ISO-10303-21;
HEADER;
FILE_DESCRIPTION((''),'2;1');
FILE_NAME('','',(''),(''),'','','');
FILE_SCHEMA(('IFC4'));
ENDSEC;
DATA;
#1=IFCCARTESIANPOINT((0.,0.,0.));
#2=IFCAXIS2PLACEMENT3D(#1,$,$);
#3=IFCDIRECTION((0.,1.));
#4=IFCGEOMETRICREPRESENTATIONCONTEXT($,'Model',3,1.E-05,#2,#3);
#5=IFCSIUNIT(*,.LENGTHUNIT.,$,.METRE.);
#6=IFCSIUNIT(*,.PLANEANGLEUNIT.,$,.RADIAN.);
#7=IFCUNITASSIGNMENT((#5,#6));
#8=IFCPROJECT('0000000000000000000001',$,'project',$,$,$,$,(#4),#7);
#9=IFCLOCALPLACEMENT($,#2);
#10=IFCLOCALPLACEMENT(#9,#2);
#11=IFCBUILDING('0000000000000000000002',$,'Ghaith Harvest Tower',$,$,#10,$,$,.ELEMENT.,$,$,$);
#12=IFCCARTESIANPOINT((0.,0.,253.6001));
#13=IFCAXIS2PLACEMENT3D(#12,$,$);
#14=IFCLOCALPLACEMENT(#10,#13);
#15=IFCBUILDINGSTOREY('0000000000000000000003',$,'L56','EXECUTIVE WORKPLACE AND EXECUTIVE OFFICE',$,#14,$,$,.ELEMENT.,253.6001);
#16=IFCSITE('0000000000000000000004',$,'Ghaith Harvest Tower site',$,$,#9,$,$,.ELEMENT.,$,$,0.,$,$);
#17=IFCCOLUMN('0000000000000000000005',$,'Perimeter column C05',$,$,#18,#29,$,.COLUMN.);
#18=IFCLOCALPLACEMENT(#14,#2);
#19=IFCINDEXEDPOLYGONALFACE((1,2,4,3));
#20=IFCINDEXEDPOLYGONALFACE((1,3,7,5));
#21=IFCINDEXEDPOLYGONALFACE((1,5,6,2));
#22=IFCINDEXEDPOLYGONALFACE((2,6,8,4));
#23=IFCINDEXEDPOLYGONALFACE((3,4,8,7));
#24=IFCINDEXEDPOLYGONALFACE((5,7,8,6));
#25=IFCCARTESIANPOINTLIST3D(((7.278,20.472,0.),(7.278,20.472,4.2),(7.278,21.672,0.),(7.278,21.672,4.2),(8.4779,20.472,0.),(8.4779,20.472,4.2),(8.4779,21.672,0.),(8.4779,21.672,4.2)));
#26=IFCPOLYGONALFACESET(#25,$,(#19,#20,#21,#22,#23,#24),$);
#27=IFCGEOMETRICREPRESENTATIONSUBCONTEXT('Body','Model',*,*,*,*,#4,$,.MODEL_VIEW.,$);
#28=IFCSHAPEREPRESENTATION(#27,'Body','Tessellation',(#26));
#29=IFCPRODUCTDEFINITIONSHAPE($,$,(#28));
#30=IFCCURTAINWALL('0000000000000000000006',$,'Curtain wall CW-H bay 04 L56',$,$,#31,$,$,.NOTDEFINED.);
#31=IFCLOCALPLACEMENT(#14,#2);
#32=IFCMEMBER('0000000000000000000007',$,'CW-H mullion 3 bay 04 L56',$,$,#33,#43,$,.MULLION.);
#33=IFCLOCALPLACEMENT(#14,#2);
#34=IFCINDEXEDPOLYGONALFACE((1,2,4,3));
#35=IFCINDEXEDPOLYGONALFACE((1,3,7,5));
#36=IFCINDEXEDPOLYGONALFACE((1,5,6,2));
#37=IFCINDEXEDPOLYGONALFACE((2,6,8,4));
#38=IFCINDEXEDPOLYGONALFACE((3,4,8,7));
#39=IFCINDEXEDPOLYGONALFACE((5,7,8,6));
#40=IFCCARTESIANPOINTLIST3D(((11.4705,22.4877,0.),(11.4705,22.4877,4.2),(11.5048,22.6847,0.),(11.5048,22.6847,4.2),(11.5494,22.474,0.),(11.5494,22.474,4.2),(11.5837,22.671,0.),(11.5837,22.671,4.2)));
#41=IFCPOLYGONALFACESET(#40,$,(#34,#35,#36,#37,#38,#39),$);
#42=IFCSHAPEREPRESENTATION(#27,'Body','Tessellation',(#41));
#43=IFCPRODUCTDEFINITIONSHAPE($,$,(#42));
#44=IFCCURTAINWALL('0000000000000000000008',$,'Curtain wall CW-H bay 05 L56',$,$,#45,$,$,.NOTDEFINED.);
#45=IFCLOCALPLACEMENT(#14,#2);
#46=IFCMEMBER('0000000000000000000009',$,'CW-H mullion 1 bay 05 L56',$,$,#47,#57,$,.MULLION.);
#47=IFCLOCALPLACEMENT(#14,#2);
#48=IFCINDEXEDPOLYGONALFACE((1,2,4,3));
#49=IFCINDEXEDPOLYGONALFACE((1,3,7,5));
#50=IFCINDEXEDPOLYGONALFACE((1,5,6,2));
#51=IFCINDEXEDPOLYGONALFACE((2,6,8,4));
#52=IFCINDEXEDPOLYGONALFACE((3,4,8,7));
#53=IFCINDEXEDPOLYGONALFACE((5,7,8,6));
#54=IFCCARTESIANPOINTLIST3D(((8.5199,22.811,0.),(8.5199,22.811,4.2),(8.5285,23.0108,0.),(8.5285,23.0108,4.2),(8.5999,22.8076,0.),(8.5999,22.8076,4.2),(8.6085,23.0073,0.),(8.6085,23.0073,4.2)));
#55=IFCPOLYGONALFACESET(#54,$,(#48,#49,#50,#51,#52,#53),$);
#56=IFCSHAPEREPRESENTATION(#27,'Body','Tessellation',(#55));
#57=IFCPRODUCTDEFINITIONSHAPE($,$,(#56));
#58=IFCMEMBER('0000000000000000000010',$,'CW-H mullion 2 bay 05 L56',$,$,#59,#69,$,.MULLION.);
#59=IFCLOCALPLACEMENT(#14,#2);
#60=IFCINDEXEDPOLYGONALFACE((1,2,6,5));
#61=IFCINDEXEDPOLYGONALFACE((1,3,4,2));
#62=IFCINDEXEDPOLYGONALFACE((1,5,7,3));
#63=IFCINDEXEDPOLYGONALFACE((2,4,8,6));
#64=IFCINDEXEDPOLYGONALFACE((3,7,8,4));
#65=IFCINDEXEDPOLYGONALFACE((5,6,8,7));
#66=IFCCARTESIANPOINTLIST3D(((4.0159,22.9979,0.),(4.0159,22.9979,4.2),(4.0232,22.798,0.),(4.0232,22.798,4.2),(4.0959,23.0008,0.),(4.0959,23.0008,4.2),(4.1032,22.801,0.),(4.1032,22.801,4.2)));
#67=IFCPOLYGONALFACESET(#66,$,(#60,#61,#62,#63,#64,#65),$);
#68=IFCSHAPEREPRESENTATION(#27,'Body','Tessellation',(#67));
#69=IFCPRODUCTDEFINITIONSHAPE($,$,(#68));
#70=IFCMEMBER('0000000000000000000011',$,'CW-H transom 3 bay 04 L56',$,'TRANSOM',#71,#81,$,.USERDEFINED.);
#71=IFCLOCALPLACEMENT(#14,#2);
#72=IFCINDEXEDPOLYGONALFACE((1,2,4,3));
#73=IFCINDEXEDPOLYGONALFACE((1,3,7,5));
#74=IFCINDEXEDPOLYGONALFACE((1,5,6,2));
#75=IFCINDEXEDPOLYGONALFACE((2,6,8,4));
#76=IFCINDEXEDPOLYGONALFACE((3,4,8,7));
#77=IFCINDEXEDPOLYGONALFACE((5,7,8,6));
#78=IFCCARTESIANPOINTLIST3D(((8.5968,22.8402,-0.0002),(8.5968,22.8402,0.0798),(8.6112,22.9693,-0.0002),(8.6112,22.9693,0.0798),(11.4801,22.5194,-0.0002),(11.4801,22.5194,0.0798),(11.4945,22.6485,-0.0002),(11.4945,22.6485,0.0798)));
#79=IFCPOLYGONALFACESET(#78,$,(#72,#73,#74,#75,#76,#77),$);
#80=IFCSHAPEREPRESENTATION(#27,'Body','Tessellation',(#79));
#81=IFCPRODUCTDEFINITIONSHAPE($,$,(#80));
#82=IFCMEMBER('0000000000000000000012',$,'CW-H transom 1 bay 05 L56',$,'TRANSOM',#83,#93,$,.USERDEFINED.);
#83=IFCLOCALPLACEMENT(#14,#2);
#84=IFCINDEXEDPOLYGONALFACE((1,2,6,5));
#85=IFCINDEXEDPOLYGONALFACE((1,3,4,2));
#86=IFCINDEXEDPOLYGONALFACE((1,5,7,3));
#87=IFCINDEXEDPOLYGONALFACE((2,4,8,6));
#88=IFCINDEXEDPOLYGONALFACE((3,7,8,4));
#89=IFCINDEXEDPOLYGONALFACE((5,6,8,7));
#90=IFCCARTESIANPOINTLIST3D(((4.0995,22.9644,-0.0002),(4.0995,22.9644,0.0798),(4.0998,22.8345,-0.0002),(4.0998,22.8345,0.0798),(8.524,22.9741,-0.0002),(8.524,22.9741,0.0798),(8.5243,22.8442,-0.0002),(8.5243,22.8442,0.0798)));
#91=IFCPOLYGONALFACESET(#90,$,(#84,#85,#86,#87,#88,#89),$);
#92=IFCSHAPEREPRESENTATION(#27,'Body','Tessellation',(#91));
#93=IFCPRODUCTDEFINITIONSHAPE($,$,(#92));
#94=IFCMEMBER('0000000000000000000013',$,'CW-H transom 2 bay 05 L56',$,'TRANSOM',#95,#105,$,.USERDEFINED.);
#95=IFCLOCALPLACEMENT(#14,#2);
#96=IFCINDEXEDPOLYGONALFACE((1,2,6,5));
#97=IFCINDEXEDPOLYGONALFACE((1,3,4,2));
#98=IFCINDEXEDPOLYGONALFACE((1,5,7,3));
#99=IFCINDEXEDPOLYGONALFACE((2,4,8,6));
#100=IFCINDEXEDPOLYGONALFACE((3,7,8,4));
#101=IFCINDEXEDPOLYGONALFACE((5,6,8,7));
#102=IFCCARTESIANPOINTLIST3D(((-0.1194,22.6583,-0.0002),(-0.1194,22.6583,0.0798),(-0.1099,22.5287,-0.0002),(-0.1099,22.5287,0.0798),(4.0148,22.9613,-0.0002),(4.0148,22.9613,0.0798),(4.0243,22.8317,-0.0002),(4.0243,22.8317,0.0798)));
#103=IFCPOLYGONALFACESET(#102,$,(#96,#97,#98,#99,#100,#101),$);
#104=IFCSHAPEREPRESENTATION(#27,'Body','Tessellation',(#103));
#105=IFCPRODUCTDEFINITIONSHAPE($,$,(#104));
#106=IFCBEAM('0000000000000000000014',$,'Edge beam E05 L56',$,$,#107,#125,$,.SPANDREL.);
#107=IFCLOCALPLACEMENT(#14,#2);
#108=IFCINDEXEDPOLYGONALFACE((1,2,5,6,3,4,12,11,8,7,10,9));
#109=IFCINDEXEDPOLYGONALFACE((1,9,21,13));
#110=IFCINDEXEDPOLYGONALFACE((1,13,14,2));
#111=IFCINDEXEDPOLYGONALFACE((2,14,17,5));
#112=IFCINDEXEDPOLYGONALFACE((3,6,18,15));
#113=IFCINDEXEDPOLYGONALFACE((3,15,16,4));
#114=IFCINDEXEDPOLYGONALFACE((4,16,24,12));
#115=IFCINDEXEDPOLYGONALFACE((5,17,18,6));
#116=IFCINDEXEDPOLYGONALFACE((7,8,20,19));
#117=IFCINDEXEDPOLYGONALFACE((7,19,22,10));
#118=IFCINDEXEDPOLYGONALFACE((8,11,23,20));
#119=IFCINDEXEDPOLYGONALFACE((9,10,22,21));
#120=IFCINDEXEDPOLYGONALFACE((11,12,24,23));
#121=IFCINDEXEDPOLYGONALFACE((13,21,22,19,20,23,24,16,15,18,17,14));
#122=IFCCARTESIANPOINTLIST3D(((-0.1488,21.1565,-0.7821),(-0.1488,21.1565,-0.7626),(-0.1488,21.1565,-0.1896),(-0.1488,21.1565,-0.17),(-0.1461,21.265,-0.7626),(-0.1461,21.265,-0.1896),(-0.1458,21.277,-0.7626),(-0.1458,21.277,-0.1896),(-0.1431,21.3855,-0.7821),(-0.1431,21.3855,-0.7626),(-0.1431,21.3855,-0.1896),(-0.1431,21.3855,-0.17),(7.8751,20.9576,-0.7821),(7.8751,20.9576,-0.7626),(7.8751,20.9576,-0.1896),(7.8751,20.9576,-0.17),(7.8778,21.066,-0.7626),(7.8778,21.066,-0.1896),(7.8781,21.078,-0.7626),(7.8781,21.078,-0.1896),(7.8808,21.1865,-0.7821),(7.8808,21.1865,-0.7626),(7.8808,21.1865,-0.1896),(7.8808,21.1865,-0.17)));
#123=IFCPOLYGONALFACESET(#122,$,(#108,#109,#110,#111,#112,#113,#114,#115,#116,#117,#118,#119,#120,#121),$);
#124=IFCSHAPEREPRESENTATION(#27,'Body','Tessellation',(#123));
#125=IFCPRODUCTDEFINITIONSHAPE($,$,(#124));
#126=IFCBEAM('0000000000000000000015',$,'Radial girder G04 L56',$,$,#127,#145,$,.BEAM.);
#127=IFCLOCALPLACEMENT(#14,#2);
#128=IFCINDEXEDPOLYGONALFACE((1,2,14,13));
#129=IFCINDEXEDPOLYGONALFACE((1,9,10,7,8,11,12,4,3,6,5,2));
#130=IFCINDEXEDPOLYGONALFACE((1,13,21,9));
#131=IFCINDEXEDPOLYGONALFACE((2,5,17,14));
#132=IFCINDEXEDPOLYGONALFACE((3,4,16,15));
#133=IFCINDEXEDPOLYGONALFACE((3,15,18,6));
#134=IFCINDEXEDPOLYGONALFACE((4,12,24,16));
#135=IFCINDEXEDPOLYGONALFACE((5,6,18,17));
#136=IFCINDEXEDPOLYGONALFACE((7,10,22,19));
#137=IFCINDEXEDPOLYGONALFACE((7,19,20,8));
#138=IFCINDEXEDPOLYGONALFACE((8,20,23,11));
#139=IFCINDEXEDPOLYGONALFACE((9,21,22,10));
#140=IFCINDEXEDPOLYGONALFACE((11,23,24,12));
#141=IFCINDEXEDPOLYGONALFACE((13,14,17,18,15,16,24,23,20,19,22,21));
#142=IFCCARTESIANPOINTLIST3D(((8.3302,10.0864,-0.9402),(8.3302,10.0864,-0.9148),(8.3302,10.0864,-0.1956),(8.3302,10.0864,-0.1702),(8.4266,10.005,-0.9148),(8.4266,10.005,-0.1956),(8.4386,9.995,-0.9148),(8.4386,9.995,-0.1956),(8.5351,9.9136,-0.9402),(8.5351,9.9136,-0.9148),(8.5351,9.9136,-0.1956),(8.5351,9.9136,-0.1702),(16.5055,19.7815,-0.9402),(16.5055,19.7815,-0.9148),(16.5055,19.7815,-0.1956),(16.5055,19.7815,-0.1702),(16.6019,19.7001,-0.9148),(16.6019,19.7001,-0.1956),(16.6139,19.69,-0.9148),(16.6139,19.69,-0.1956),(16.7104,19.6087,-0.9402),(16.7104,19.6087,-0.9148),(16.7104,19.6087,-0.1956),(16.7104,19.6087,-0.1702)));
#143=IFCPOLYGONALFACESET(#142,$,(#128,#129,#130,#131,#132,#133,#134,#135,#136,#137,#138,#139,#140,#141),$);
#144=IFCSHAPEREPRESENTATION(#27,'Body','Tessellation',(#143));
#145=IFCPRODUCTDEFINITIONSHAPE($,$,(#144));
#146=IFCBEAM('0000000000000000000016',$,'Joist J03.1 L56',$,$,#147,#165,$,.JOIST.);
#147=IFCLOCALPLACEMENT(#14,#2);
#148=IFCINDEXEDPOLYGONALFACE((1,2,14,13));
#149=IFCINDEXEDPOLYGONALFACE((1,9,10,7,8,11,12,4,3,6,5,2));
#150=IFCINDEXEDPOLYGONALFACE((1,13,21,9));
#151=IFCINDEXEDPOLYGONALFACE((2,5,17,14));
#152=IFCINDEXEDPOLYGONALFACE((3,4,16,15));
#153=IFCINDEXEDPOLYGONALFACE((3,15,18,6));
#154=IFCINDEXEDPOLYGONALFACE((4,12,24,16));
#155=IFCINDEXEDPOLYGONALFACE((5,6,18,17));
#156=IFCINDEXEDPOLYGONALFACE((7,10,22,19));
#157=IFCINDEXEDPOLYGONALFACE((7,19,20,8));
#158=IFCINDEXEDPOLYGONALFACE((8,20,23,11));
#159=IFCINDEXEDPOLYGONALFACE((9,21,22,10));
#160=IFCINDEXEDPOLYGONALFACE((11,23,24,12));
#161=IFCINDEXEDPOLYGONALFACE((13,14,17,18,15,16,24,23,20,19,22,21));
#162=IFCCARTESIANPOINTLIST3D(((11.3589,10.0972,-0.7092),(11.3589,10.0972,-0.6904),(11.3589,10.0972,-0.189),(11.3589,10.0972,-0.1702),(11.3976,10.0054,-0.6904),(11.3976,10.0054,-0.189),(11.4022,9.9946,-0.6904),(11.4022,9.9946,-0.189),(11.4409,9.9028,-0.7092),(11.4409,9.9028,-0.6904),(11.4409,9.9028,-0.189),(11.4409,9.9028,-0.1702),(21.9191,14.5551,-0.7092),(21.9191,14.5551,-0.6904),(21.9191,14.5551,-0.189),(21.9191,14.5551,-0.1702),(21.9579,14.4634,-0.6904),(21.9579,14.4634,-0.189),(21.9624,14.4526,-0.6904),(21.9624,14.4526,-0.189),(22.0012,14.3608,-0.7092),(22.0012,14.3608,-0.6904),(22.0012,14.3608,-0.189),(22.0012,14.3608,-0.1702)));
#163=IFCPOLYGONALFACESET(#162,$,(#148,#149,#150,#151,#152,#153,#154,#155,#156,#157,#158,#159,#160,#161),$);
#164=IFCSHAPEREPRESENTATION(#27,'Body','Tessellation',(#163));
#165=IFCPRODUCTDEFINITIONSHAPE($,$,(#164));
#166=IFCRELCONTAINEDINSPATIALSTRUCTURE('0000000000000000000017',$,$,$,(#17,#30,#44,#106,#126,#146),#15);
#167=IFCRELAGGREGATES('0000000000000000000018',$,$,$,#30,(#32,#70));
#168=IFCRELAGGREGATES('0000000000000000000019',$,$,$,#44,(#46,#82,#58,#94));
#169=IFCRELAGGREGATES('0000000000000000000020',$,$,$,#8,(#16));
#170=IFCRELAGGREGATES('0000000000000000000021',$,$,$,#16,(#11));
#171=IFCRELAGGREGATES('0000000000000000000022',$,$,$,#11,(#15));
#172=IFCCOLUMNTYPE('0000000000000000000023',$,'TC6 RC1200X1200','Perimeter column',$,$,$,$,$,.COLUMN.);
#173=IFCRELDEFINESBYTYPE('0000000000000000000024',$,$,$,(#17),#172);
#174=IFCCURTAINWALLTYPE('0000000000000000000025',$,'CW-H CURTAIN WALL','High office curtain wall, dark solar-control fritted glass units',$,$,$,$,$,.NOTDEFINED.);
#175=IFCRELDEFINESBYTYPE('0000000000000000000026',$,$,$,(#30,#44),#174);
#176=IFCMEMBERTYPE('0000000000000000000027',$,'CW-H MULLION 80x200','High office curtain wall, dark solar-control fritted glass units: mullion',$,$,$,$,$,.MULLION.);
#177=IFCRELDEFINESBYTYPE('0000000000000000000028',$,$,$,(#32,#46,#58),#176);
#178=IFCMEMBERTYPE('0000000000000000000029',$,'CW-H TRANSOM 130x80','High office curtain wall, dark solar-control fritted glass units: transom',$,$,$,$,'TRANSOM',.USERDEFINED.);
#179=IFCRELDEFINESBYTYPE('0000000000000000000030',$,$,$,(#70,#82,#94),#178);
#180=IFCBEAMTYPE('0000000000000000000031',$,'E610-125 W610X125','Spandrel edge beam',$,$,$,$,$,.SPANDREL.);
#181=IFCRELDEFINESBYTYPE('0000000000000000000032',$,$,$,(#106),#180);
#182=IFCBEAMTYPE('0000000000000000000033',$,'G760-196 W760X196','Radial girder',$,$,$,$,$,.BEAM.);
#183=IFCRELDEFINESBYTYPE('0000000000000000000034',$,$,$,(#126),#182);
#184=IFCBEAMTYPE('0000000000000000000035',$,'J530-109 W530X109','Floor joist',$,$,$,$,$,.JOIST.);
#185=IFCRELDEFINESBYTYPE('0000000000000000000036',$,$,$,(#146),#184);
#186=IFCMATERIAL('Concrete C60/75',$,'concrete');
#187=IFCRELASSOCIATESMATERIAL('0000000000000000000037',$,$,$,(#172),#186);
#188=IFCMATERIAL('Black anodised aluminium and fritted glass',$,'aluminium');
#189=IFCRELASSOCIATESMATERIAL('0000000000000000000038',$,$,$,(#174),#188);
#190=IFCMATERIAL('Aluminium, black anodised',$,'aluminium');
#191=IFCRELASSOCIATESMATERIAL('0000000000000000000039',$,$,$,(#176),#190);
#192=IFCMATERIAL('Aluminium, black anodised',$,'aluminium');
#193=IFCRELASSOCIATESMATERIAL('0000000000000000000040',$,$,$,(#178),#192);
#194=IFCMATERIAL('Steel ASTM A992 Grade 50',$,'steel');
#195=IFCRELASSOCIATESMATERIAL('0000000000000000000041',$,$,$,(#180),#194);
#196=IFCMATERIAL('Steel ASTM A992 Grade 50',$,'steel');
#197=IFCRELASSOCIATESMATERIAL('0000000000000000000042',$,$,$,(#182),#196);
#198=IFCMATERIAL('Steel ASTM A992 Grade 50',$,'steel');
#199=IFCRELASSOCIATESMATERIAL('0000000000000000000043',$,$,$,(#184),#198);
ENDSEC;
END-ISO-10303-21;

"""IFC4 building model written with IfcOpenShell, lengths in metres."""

from ifc_helpers import new_model, si_unit, direction, frame, origin, origin_2d, place, context, subcontext, project, spatial, rectangle, i_section, extrude, material, material_profile, profile_set, type_object, element, aggregate, save


model = new_model("IFC4")

# Units and contexts
model_context = context("Model", 3, precision=1e-05, world=origin(), true_north=direction((0.0, 1.0)))
body_context = subcontext(model_context, "Body", "Model", "MODEL_VIEW")
ifc_project = project(units=[si_unit("LENGTHUNIT", "METRE"), si_unit("PLANEANGLEUNIT", "RADIAN")], contexts=[model_context])

# Site, building, storey
site_placement = place(None, origin())
site = spatial("IfcSite", under=ifc_project, at=site_placement, Name="Ghaith Harvest Tower site", CompositionType="ELEMENT", RefElevation=0.0)
building_placement = place(site_placement, origin())
building = spatial("IfcBuilding", under=site, at=building_placement, Name="Ghaith Harvest Tower", CompositionType="ELEMENT")
storey_placement = place(building_placement, frame((0.0, 0.0, 253.6001)))
storey = spatial("IfcBuildingStorey", under=building, at=storey_placement, Name="L56", Description="EXECUTIVE WORKPLACE AND EXECUTIVE OFFICE", CompositionType="ELEMENT", Elevation=253.6001)

# Column
ifc_material_1 = material(Name="Concrete C60/75", Category="concrete")
ifc_material_profile_1 = material_profile(ifc_material_1, rectangle(XDim=1.2, YDim=1.2, at=origin_2d()), Name="RC1200X1200")
ifc_profile_set_1 = profile_set([ifc_material_profile_1], Name="Concrete C60/75")
column_type = type_object("IfcColumnType", Name="TC6 RC1200X1200", Description="Perimeter column", PredefinedType="COLUMN", material=ifc_profile_set_1)
column_placement = place(storey_placement, frame((7.8779, 21.072, 0.0), z_axis=(0.0, 0.0, 1.0), x_axis=(1.0, 0.0, 0.0)))
element("IfcColumn", 1, at=column_placement, inside=storey, type_object=column_type, Name="Perimeter column C05", PredefinedType="COLUMN", context=body_context, shape_type="SweptSolid", body=[
    extrude(rectangle(XDim=1.2, YDim=1.2, at=origin_2d()), origin(), (0.0, 0.0, 1.0), 4.2),
])

# Curtain wall, member
ifc_material_2 = material(Name="Black anodised aluminium and fritted glass", Category="aluminium")
curtain_wall_type = type_object("IfcCurtainWallType", Name="CW-H CURTAIN WALL", Description="High office curtain wall, dark solar-control fritted glass units", PredefinedType="NOTDEFINED", material=ifc_material_2)
curtain_wall_1_placement = place(storey_placement, origin())
curtain_wall_1 = element("IfcCurtainWall", 2, at=curtain_wall_1_placement, inside=storey, type_object=curtain_wall_type, Name="Curtain wall CW-H bay 04 L56", PredefinedType="NOTDEFINED")
ifc_material_3 = material(Name="Aluminium, black anodised", Category="aluminium")
ifc_material_profile_2 = material_profile(ifc_material_3, rectangle(XDim=0.0801, YDim=0.2, at=origin_2d()), Name="CW-H MULLION 80x200")
ifc_profile_set_2 = profile_set([ifc_material_profile_2], Name="Aluminium, black anodised")
member_type_1 = type_object("IfcMemberType", Name="CW-H MULLION 80x200", Description="High office curtain wall, dark solar-control fritted glass units: mullion", PredefinedType="MULLION", material=ifc_profile_set_2)
member_1_placement = place(storey_placement, frame((11.5271, 22.5793, 0.0), z_axis=(0.0, 0.0, 1.0), x_axis=(-0.985193, 0.171447, 0.0)))
member_1 = element("IfcMember", 3, at=member_1_placement, type_object=member_type_1, Name="CW-H mullion 3 bay 04 L56", PredefinedType="MULLION", context=body_context, shape_type="SweptSolid", body=[
    extrude(rectangle(XDim=0.0801, YDim=0.2, at=origin_2d()), origin(), (0.0, 0.0, 1.0), 4.2),
])

# Curtain wall, members
curtain_wall_2_placement = place(storey_placement, origin())
curtain_wall_2 = element("IfcCurtainWall", 4, at=curtain_wall_2_placement, inside=storey, type_object=curtain_wall_type, Name="Curtain wall CW-H bay 05 L56", PredefinedType="NOTDEFINED")
member_2_placement = place(storey_placement, frame((8.5642, 22.9092, 0.0), z_axis=(0.0, 0.0, 1.0), x_axis=(-0.999084, 0.042803, 0.0)))
member_2 = element("IfcMember", 5, at=member_2_placement, type_object=member_type_1, Name="CW-H mullion 1 bay 05 L56", PredefinedType="MULLION", context=body_context, shape_type="SweptSolid", body=[
    extrude(rectangle(XDim=0.0801, YDim=0.2, at=origin_2d()), origin(), (0.0, 0.0, 1.0), 4.2),
])
member_3_placement = place(storey_placement, frame((4.0596, 22.8994, 0.0), z_axis=(0.0, 0.0, 1.0), x_axis=(-0.999333, -0.036524, 0.0)))
member_3 = element("IfcMember", 6, at=member_3_placement, type_object=member_type_1, Name="CW-H mullion 2 bay 05 L56", PredefinedType="MULLION", context=body_context, shape_type="SweptSolid", body=[
    extrude(rectangle(XDim=0.0801, YDim=0.2, at=origin_2d()), origin(), (0.0, 0.0, 1.0), 4.2),
])

# Members
ifc_material_4 = material(Name="Aluminium, black anodised", Category="aluminium")
ifc_material_profile_3 = material_profile(ifc_material_4, rectangle(XDim=0.1299, YDim=0.0801, at=origin_2d()), Name="CW-H TRANSOM 130x80")
ifc_profile_set_3 = profile_set([ifc_material_profile_3], Name="Aluminium, black anodised")
member_type_2 = type_object("IfcMemberType", Name="CW-H TRANSOM 130x80", Description="High office curtain wall, dark solar-control fritted glass units: transom", ElementType="TRANSOM", PredefinedType="USERDEFINED", material=ifc_profile_set_3)
member_4_placement = place(storey_placement, frame((11.4873, 22.584, 0.0398), z_axis=(-0.993867, 0.110579, 0.0), x_axis=(-0.110579, -0.993867, 0.0)))
member_4 = element("IfcMember", 7, at=member_4_placement, type_object=member_type_2, Name="CW-H transom 3 bay 04 L56", ObjectType="TRANSOM", PredefinedType="USERDEFINED", context=body_context, shape_type="SweptSolid", body=[
    extrude(rectangle(XDim=0.1299, YDim=0.0801, at=origin_2d()), origin(), (0.0, 0.0, 1.0), 2.9011),
])
member_5_placement = place(storey_placement, frame((8.5242, 22.9092, 0.0398), z_axis=(-0.999998, -0.002207, 0.0), x_axis=(0.002207, -0.999998, 0.0)))
member_5 = element("IfcMember", 8, at=member_5_placement, type_object=member_type_2, Name="CW-H transom 1 bay 05 L56", ObjectType="TRANSOM", PredefinedType="USERDEFINED", context=body_context, shape_type="SweptSolid", body=[
    extrude(rectangle(XDim=0.1299, YDim=0.0801, at=origin_2d()), origin(), (0.0, 0.0, 1.0), 4.4246),
])
member_6_placement = place(storey_placement, frame((4.0195, 22.8965, 0.0398), z_axis=(-0.997325, -0.073089, 0.0), x_axis=(0.073089, -0.997325, 0.0)))
member_6 = element("IfcMember", 9, at=member_6_placement, type_object=member_type_2, Name="CW-H transom 2 bay 05 L56", ObjectType="TRANSOM", PredefinedType="USERDEFINED", context=body_context, shape_type="SweptSolid", body=[
    extrude(rectangle(XDim=0.1299, YDim=0.0801, at=origin_2d()), origin(), (0.0, 0.0, 1.0), 4.1453),
])

# Beams
ifc_material_5 = material(Name="Steel ASTM A992 Grade 50", Category="steel")
ifc_material_profile_4 = material_profile(ifc_material_5, i_section(OverallWidth=0.229, OverallDepth=0.6121, WebThickness=0.012, FlangeThickness=0.0195, at=origin_2d()), Name="W610X125")
ifc_profile_set_4 = profile_set([ifc_material_profile_4], Name="Steel ASTM A992 Grade 50")
beam_type_1 = type_object("IfcBeamType", Name="E610-125 W610X125", Description="Spandrel edge beam", PredefinedType="SPANDREL", material=ifc_profile_set_4)
beam_1_placement = place(storey_placement, frame((7.8779, 21.072, -0.4761), z_axis=(-0.999693, 0.02479, 0.0), x_axis=(-0.02479, -0.999693, 0.0)))
element("IfcBeam", 10, at=beam_1_placement, inside=storey, type_object=beam_type_1, Name="Edge beam E05 L56", PredefinedType="SPANDREL", context=body_context, shape_type="SweptSolid", body=[
    extrude(i_section(OverallWidth=0.229, OverallDepth=0.6121, WebThickness=0.012, FlangeThickness=0.0195, at=origin_2d()), origin(), (0.0, 0.0, 1.0), 8.0264),
])
ifc_material_6 = material(Name="Steel ASTM A992 Grade 50", Category="steel")
ifc_material_profile_5 = material_profile(ifc_material_6, i_section(OverallWidth=0.2681, OverallDepth=0.77, WebThickness=0.0156, FlangeThickness=0.0254, at=origin_2d()), Name="W760X196")
ifc_profile_set_5 = profile_set([ifc_material_profile_5], Name="Steel ASTM A992 Grade 50")
beam_type_2 = type_object("IfcBeamType", Name="G760-196 W760X196", Description="Radial girder", PredefinedType="BEAM", material=ifc_profile_set_5)
beam_2_placement = place(storey_placement, frame((8.4326, 10.0, -0.5552), z_axis=(0.644644, 0.764483, 0.0), x_axis=(-0.764483, 0.644644, 0.0)))
element("IfcBeam", 11, at=beam_2_placement, inside=storey, type_object=beam_type_2, Name="Radial girder G04 L56", PredefinedType="BEAM", context=body_context, shape_type="SweptSolid", body=[
    extrude(i_section(OverallWidth=0.2681, OverallDepth=0.77, WebThickness=0.0156, FlangeThickness=0.0254, at=origin_2d()), origin(), (0.0, 0.0, 1.0), 12.6819),
])
ifc_material_7 = material(Name="Steel ASTM A992 Grade 50", Category="steel")
ifc_material_profile_6 = material_profile(ifc_material_7, i_section(OverallWidth=0.2109, OverallDepth=0.5391, WebThickness=0.0117, FlangeThickness=0.0188, at=origin_2d()), Name="W530X109")
ifc_profile_set_6 = profile_set([ifc_material_profile_6], Name="Steel ASTM A992 Grade 50")
beam_type_3 = type_object("IfcBeamType", Name="J530-109 W530X109", Description="Floor joist", PredefinedType="JOIST", material=ifc_profile_set_6)
beam_3_placement = place(storey_placement, frame((11.3999, 10.0, -0.4397), z_axis=(0.921274, 0.388914, 0.0), x_axis=(-0.388914, 0.921274, 0.0)))
element("IfcBeam", 12, at=beam_3_placement, inside=storey, type_object=beam_type_3, Name="Joist J03.1 L56", PredefinedType="JOIST", context=body_context, shape_type="SweptSolid", body=[
    extrude(i_section(OverallWidth=0.2109, OverallDepth=0.5391, WebThickness=0.0117, FlangeThickness=0.0188, at=origin_2d()), origin(), (0.0, 0.0, 1.0), 11.4626),
])

aggregate(curtain_wall_1, [member_1, member_4])
aggregate(curtain_wall_2, [member_2, member_5, member_3, member_6])

save(model, "model.ifc")
